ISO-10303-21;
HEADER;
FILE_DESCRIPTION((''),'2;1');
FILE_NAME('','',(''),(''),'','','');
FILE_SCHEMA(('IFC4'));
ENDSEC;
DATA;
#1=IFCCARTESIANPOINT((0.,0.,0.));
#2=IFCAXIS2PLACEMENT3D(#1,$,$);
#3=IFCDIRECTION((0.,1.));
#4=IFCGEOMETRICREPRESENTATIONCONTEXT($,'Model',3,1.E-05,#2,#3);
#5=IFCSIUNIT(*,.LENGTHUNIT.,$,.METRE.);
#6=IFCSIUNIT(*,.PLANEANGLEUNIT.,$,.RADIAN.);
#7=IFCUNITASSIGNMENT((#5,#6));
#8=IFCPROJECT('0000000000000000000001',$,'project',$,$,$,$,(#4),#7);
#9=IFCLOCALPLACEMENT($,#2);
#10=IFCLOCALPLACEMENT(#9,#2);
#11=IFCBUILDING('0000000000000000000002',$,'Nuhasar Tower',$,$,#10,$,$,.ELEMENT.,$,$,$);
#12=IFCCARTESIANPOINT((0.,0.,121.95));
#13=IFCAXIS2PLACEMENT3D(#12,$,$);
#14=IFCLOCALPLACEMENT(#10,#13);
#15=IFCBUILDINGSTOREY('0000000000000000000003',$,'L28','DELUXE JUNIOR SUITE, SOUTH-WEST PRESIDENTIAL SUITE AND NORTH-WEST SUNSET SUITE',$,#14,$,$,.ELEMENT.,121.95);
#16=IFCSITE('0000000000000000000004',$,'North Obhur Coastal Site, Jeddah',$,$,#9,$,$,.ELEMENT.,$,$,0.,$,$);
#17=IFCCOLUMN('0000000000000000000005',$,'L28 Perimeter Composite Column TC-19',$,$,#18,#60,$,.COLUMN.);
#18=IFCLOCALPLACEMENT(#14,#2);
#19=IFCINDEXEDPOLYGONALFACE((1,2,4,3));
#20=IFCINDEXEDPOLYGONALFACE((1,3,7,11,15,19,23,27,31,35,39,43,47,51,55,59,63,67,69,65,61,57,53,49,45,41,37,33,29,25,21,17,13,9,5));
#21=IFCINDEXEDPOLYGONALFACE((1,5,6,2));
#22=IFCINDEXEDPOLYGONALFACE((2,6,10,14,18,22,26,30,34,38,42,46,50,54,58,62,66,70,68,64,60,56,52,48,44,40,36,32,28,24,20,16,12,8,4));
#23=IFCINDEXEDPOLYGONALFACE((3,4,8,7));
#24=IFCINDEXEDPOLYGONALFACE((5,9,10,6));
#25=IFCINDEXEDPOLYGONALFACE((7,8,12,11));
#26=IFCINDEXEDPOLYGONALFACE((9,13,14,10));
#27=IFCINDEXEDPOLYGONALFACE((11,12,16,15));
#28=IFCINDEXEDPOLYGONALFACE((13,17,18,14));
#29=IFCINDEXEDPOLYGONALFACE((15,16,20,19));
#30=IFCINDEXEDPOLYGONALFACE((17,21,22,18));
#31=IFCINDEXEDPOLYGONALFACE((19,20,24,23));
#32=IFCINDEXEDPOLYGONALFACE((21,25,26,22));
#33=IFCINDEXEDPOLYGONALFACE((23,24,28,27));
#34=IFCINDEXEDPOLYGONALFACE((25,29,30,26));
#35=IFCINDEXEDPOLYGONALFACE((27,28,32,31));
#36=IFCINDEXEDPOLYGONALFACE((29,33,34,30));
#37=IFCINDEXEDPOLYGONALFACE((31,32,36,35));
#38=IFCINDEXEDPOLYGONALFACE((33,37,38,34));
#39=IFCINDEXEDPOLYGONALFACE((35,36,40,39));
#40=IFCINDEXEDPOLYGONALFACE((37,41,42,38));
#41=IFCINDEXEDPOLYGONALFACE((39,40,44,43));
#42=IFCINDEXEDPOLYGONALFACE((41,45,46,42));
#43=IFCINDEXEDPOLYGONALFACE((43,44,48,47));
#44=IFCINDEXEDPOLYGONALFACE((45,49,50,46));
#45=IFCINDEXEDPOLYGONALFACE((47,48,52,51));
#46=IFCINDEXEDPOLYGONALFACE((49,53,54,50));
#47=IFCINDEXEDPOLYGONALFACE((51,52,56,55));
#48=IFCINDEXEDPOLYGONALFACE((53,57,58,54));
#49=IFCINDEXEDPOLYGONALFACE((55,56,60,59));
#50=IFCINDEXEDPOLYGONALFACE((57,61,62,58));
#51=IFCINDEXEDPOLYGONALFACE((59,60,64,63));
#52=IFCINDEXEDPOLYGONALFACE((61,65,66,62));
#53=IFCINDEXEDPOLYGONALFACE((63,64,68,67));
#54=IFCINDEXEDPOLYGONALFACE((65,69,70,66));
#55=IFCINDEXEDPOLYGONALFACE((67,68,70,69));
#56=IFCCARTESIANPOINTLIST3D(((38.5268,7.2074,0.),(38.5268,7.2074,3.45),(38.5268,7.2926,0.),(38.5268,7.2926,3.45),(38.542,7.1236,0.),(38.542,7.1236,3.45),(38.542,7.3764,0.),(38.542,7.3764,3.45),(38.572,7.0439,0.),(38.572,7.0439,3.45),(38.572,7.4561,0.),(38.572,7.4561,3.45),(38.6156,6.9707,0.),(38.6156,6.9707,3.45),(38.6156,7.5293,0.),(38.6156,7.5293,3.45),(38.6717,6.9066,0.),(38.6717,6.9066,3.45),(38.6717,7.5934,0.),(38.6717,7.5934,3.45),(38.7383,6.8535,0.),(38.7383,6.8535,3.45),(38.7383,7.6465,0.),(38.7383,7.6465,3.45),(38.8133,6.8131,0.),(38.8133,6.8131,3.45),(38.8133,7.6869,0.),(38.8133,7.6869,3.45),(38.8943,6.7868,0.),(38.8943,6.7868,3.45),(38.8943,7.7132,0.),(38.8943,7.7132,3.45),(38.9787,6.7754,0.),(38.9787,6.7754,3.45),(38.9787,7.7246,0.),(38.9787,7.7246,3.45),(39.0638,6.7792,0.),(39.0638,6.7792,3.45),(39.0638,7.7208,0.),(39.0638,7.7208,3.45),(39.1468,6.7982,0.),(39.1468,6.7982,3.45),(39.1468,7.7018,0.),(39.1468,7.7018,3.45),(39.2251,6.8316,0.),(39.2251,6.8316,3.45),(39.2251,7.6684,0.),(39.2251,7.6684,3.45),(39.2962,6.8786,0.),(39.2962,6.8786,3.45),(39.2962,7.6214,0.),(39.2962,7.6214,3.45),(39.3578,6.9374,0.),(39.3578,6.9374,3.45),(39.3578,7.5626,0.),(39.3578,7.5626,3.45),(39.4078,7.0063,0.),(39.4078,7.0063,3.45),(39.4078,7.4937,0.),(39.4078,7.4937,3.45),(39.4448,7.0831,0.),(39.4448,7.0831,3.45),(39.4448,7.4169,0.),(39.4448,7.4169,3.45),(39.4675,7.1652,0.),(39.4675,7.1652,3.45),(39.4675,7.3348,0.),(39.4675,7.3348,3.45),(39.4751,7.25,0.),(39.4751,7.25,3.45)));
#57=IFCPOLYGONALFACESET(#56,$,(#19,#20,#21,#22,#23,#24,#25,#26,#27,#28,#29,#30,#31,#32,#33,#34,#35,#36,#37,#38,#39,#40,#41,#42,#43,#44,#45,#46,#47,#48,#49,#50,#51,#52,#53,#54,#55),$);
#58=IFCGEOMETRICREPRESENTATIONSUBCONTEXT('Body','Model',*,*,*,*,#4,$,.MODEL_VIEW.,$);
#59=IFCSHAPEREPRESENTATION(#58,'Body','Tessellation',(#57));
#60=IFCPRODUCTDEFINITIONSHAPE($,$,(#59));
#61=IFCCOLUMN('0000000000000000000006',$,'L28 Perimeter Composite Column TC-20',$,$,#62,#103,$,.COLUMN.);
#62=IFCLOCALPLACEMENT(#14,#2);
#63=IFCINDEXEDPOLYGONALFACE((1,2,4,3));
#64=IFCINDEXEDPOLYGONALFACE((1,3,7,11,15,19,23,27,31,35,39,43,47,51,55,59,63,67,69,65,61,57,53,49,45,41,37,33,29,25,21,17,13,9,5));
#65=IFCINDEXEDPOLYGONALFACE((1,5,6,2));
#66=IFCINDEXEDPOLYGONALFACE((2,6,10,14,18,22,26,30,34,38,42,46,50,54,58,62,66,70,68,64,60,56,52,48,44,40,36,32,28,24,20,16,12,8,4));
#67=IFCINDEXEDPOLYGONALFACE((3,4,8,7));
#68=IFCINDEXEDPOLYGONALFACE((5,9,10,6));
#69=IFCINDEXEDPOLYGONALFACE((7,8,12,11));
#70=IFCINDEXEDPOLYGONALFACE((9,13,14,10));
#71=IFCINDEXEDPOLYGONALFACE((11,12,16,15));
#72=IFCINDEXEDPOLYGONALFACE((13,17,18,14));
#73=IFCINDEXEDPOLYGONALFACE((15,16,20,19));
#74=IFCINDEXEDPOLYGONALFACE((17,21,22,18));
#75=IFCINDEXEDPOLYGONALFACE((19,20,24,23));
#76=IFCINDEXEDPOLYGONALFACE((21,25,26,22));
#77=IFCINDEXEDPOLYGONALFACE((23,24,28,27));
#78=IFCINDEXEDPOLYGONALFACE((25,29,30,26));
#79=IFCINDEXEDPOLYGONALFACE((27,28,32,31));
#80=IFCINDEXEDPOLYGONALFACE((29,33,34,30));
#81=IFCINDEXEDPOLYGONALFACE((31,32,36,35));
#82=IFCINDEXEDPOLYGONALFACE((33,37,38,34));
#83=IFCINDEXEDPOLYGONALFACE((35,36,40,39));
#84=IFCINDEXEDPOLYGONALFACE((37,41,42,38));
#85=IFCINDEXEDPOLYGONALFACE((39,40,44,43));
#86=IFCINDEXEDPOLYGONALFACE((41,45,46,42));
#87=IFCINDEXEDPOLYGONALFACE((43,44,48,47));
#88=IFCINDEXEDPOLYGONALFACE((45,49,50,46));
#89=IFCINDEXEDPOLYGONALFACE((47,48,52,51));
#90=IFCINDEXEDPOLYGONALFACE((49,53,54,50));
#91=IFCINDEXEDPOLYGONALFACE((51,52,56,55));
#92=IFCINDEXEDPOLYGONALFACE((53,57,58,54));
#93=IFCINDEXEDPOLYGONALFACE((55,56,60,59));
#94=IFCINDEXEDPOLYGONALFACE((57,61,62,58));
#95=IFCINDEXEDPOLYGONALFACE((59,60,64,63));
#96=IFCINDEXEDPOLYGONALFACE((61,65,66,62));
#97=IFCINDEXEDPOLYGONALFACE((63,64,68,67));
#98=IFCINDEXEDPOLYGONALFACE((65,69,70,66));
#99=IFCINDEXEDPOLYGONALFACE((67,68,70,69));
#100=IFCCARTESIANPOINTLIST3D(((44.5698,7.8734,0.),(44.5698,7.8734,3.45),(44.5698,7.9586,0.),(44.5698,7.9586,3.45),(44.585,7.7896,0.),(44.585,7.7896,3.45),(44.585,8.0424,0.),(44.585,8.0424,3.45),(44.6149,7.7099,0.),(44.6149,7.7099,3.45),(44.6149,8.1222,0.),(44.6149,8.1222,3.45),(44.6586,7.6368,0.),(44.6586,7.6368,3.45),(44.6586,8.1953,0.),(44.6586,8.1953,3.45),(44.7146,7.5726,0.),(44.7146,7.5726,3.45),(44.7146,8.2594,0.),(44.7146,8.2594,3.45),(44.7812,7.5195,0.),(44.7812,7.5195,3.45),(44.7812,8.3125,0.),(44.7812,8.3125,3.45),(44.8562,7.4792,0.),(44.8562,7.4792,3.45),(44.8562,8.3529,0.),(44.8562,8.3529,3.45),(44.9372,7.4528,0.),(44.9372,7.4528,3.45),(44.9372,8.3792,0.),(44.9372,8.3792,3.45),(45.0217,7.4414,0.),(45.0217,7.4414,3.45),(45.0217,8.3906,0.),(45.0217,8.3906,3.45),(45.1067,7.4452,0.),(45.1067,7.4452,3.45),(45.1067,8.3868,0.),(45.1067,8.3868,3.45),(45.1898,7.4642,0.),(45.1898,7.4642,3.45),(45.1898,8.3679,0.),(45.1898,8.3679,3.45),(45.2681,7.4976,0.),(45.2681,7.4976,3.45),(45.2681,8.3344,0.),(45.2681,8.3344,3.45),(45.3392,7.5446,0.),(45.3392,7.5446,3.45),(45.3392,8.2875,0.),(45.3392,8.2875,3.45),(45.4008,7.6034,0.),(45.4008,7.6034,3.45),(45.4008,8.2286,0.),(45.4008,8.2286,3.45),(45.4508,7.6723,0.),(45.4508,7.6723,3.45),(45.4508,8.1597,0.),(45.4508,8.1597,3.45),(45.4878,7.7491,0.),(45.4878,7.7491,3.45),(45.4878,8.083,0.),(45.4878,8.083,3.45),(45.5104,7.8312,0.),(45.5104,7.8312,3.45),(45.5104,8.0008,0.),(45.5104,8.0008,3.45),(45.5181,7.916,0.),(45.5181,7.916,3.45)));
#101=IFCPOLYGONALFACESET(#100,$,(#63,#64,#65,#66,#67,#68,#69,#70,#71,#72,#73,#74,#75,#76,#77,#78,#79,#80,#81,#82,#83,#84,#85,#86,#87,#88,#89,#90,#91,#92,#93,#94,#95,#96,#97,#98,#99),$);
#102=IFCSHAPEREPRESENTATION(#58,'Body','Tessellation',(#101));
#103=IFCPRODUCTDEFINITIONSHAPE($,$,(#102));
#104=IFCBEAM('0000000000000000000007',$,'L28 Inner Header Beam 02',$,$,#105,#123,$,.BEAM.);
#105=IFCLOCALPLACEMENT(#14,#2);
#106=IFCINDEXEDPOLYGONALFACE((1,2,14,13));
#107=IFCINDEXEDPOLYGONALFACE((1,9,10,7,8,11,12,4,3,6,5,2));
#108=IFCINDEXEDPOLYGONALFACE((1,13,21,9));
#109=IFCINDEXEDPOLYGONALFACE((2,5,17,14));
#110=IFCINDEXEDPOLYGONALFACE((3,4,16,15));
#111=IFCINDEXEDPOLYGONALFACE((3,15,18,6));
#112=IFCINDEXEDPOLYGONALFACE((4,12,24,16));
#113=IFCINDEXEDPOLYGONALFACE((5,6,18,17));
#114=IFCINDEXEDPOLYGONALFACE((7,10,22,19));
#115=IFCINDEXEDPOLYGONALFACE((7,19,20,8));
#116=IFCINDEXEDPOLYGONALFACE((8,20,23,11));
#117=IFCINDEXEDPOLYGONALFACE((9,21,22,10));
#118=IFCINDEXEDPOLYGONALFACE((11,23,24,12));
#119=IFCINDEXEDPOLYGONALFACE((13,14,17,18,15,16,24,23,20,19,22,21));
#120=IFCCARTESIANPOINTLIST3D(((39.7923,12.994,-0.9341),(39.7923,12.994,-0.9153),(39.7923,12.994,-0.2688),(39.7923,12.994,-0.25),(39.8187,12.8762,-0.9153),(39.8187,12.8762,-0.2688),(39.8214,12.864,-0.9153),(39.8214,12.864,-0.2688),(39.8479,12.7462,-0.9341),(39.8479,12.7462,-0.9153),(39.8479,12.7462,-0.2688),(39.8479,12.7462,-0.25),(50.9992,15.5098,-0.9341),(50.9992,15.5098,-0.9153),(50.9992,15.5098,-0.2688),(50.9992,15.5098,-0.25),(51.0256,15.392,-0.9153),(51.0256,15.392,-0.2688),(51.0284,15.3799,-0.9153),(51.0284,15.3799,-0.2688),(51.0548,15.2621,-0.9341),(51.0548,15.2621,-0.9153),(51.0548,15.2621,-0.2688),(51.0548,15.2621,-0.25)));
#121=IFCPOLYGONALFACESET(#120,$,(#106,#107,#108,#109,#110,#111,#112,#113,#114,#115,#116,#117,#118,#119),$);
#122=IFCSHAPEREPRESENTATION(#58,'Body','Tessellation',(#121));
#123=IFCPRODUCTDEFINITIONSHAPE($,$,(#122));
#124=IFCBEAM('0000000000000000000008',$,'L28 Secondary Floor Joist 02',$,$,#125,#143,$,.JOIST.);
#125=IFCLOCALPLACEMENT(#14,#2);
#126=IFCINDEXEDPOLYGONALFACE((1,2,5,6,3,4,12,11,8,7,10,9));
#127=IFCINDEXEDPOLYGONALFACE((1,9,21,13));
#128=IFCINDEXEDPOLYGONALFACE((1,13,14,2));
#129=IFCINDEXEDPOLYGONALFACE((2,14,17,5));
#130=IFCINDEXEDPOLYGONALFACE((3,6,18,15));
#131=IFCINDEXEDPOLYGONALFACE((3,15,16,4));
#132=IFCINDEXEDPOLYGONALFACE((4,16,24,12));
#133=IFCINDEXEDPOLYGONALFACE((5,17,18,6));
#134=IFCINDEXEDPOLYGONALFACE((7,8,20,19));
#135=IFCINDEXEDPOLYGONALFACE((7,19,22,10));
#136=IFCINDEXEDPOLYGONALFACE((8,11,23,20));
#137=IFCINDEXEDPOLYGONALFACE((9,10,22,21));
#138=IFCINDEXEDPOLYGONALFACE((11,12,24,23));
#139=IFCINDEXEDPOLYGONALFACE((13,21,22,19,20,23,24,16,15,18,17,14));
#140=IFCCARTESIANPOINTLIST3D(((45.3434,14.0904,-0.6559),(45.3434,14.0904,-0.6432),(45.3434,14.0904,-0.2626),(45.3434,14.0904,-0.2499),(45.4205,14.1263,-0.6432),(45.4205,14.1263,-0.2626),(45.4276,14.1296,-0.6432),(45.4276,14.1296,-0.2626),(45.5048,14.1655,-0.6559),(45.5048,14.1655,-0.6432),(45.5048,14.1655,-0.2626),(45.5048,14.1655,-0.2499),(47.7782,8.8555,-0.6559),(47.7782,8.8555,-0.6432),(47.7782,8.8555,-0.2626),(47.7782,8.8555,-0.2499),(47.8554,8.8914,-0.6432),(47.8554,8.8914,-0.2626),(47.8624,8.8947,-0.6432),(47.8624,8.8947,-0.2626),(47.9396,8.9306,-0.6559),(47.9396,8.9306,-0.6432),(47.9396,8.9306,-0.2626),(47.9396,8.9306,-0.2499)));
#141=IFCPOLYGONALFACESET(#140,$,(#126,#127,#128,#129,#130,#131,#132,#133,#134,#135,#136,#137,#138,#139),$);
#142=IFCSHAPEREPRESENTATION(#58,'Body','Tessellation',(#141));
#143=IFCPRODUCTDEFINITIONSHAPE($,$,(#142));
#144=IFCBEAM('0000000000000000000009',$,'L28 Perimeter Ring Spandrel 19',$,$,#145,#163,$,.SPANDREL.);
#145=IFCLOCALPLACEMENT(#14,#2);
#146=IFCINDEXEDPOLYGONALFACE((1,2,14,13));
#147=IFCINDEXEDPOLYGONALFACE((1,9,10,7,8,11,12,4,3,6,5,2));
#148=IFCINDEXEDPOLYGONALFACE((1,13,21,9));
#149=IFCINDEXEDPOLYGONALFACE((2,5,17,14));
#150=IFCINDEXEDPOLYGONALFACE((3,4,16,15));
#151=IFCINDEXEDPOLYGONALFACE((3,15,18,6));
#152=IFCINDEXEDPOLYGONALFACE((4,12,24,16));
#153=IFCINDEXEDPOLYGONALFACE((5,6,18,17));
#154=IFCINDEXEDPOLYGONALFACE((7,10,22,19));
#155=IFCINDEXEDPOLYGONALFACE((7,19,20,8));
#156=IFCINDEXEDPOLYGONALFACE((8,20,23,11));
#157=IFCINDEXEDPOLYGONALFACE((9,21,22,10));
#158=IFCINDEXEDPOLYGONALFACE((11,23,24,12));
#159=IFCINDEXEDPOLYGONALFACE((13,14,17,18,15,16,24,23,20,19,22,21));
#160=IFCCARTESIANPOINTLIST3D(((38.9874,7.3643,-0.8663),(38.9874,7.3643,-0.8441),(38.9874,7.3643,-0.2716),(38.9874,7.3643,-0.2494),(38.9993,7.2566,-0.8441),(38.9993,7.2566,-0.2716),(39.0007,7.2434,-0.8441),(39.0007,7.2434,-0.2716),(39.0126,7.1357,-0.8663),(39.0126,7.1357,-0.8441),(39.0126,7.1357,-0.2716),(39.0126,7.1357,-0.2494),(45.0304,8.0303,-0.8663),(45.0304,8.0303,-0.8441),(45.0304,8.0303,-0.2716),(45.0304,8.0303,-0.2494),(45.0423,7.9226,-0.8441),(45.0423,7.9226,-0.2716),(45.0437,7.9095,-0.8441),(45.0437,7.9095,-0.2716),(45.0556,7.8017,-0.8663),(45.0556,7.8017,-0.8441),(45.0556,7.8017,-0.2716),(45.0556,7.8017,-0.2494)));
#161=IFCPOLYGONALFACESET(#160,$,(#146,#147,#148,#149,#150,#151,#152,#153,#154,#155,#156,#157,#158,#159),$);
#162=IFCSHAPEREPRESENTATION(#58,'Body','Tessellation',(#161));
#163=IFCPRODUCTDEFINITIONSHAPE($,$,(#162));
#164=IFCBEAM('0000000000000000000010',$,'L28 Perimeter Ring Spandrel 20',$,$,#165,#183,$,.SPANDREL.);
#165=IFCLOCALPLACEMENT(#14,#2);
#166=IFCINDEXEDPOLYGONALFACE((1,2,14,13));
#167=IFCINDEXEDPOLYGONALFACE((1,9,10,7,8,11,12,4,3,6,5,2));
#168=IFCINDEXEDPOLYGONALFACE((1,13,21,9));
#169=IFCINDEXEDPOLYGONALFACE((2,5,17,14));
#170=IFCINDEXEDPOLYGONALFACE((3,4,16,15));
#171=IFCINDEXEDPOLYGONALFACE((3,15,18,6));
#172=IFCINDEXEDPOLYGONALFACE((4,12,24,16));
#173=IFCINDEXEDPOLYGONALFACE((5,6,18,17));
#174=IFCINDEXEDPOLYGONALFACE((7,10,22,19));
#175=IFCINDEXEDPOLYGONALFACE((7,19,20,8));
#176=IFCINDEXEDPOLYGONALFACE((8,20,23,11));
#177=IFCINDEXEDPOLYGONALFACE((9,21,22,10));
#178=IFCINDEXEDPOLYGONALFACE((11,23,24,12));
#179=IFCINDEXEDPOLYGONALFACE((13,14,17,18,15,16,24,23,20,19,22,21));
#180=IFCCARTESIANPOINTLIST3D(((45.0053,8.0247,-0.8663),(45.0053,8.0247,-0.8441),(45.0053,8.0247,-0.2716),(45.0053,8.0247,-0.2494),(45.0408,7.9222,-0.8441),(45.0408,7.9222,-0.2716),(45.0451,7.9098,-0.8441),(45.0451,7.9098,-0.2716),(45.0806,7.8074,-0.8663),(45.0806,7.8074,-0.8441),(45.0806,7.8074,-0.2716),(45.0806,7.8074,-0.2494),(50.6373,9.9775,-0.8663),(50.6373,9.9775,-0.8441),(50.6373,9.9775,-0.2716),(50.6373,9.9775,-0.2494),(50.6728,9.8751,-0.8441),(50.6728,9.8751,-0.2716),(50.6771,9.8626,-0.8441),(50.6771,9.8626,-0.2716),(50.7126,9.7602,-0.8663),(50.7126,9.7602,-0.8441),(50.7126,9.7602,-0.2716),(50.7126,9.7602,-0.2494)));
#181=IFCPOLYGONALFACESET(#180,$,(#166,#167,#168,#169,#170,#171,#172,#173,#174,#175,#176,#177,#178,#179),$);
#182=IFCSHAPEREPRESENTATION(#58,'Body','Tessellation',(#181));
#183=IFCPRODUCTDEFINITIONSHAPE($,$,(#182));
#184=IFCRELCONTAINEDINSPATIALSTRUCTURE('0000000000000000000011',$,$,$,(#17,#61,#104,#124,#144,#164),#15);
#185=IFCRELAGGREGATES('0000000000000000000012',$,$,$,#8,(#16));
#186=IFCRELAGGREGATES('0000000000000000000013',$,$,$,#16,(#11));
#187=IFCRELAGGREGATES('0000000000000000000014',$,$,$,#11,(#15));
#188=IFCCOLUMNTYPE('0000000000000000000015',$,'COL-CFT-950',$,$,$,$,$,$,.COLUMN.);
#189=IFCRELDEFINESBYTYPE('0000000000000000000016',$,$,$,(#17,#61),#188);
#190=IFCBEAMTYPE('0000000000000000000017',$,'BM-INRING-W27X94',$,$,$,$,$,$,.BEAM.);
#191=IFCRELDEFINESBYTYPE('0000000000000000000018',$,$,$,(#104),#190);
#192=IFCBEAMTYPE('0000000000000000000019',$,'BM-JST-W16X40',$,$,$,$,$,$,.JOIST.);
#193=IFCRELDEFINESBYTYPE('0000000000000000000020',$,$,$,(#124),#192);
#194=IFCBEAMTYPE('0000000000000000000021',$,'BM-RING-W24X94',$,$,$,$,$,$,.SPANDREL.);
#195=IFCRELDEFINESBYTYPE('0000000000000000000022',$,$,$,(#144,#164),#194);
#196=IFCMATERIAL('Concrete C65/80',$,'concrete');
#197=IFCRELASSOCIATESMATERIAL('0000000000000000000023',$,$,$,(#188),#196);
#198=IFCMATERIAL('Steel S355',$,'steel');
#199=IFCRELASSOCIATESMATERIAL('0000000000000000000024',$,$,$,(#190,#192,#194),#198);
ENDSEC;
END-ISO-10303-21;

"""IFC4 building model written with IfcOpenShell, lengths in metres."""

from ifc_helpers import new_model, si_unit, direction, frame, origin, origin_2d, place, context, subcontext, project, spatial, circle, i_section, extrude, material, material_profile, profile_set, type_object, element, save


model = new_model("IFC4")

# Units and contexts
model_context = context("Model", 3, precision=1e-05, world=origin(), true_north=direction((0.0, 1.0)))
body_context = subcontext(model_context, "Body", "Model", "MODEL_VIEW")
ifc_project = project(units=[si_unit("LENGTHUNIT", "METRE"), si_unit("PLANEANGLEUNIT", "RADIAN")], contexts=[model_context])

# Site, building, storey
site_placement = place(None, origin())
site = spatial("IfcSite", under=ifc_project, at=site_placement, Name="North Obhur Coastal Site, Jeddah", CompositionType="ELEMENT", RefElevation=0.0)
building_placement = place(site_placement, origin())
building = spatial("IfcBuilding", under=site, at=building_placement, Name="Nuhasar Tower", CompositionType="ELEMENT")
storey_placement = place(building_placement, frame((0.0, 0.0, 121.95)))
storey = spatial("IfcBuildingStorey", under=building, at=storey_placement, Name="L28", Description="DELUXE JUNIOR SUITE, SOUTH-WEST PRESIDENTIAL SUITE AND NORTH-WEST SUNSET SUITE", CompositionType="ELEMENT", Elevation=121.95)

# Columns
ifc_material_1 = material(Name="Concrete C65/80", Category="concrete")
ifc_material_profile_1 = material_profile(ifc_material_1, circle(Radius=0.4751, at=origin_2d()), Name="CFT950")
ifc_profile_set_1 = profile_set([ifc_material_profile_1], Name="Concrete C65/80")
column_type = type_object("IfcColumnType", Name="COL-CFT-950", PredefinedType="COLUMN", material=ifc_profile_set_1)
for number, where, z_axis, x_axis, name in (
    (1, (39.0, 7.25, 0.0), (0.0, 0.0, 1.0), (1.0, 0.0, 0.0), "L28 Perimeter Composite Column TC-19"),
    (2, (45.043, 7.916, 0.0), (0.0, 0.0, 1.0), (1.0, 0.0, 0.0), "L28 Perimeter Composite Column TC-20"),
):
    element("IfcColumn", number, at=place(storey_placement, frame(where, z_axis=z_axis, x_axis=x_axis)), inside=storey, type_object=column_type, Name=name, PredefinedType="COLUMN", context=body_context, shape_type="SweptSolid", body=[
        extrude(circle(Radius=0.4751, at=origin_2d()), origin(), (0.0, 0.0, 1.0), 3.45),
    ])

# Beams
ifc_material_2 = material(Name="Steel S355", Category="steel")
ifc_material_profile_2 = material_profile(ifc_material_2, i_section(OverallWidth=0.2539, OverallDepth=0.6841, WebThickness=0.0125, FlangeThickness=0.0188, at=origin_2d()), Name="W27X94")
ifc_profile_set_2 = profile_set([ifc_material_profile_2], Name="Steel S355")
beam_type_1 = type_object("IfcBeamType", Name="BM-INRING-W27X94", PredefinedType="BEAM", material=ifc_profile_set_2)
beam_1_placement = place(storey_placement, frame((39.8201, 12.8701, -0.592), z_axis=(0.975716, 0.219039, 0.0), x_axis=(-0.219039, 0.975716, 0.0)))
element("IfcBeam", 3, at=beam_1_placement, inside=storey, type_object=beam_type_1, Name="L28 Inner Header Beam 02", PredefinedType="BEAM", context=body_context, shape_type="SweptSolid", body=[
    extrude(i_section(OverallWidth=0.2539, OverallDepth=0.6841, WebThickness=0.0125, FlangeThickness=0.0188, at=origin_2d()), origin(), (0.0, 0.0, 1.0), 11.4858),
])
ifc_material_profile_3 = material_profile(ifc_material_2, i_section(OverallWidth=0.178, OverallDepth=0.406, WebThickness=0.0078, FlangeThickness=0.0127, at=origin_2d()), Name="W16X40")
ifc_profile_set_3 = profile_set([ifc_material_profile_3], Name="Steel S355")
beam_type_2 = type_object("IfcBeamType", Name="BM-JST-W16X40", PredefinedType="JOIST", material=ifc_profile_set_3)
beam_2_placement = place(storey_placement, frame((45.4241, 14.1279, -0.4529), z_axis=(0.42173, -0.906721, 0.0), x_axis=(0.906721, 0.42173, 0.0)))
element("IfcBeam", 4, at=beam_2_placement, inside=storey, type_object=beam_type_2, Name="L28 Secondary Floor Joist 02", PredefinedType="JOIST", context=body_context, shape_type="SweptSolid", body=[
    extrude(i_section(OverallWidth=0.178, OverallDepth=0.406, WebThickness=0.0078, FlangeThickness=0.0127, at=origin_2d()), origin(), (0.0, 0.0, 1.0), 5.7734),
])
ifc_material_profile_4 = material_profile(ifc_material_2, i_section(OverallWidth=0.23, OverallDepth=0.6169, WebThickness=0.0132, FlangeThickness=0.0222, at=origin_2d()), Name="W24X94")
ifc_profile_set_4 = profile_set([ifc_material_profile_4], Name="Steel S355")
beam_type_3 = type_object("IfcBeamType", Name="BM-RING-W24X94", PredefinedType="SPANDREL", material=ifc_profile_set_4)
beam_3_placement = place(storey_placement, frame((39.0, 7.25, -0.5579), z_axis=(0.993981, 0.10955, 0.0), x_axis=(-0.10955, 0.993981, 0.0)))
element("IfcBeam", 5, at=beam_3_placement, inside=storey, type_object=beam_type_3, Name="L28 Perimeter Ring Spandrel 19", PredefinedType="SPANDREL", context=body_context, shape_type="SweptSolid", body=[
    extrude(i_section(OverallWidth=0.23, OverallDepth=0.6169, WebThickness=0.0132, FlangeThickness=0.0222, at=origin_2d()), origin(), (0.0, 0.0, 1.0), 6.0796),
])
beam_4_placement = place(storey_placement, frame((45.043, 7.916, -0.5579), z_axis=(0.944814, 0.327607, 0.0), x_axis=(-0.327607, 0.944814, 0.0)))
element("IfcBeam", 6, at=beam_4_placement, inside=storey, type_object=beam_type_3, Name="L28 Perimeter Ring Spandrel 20", PredefinedType="SPANDREL", context=body_context, shape_type="SweptSolid", body=[
    extrude(i_section(OverallWidth=0.23, OverallDepth=0.6169, WebThickness=0.0132, FlangeThickness=0.0222, at=origin_2d()), origin(), (0.0, 0.0, 1.0), 5.9609),
])

save(model, "model.ifc")
